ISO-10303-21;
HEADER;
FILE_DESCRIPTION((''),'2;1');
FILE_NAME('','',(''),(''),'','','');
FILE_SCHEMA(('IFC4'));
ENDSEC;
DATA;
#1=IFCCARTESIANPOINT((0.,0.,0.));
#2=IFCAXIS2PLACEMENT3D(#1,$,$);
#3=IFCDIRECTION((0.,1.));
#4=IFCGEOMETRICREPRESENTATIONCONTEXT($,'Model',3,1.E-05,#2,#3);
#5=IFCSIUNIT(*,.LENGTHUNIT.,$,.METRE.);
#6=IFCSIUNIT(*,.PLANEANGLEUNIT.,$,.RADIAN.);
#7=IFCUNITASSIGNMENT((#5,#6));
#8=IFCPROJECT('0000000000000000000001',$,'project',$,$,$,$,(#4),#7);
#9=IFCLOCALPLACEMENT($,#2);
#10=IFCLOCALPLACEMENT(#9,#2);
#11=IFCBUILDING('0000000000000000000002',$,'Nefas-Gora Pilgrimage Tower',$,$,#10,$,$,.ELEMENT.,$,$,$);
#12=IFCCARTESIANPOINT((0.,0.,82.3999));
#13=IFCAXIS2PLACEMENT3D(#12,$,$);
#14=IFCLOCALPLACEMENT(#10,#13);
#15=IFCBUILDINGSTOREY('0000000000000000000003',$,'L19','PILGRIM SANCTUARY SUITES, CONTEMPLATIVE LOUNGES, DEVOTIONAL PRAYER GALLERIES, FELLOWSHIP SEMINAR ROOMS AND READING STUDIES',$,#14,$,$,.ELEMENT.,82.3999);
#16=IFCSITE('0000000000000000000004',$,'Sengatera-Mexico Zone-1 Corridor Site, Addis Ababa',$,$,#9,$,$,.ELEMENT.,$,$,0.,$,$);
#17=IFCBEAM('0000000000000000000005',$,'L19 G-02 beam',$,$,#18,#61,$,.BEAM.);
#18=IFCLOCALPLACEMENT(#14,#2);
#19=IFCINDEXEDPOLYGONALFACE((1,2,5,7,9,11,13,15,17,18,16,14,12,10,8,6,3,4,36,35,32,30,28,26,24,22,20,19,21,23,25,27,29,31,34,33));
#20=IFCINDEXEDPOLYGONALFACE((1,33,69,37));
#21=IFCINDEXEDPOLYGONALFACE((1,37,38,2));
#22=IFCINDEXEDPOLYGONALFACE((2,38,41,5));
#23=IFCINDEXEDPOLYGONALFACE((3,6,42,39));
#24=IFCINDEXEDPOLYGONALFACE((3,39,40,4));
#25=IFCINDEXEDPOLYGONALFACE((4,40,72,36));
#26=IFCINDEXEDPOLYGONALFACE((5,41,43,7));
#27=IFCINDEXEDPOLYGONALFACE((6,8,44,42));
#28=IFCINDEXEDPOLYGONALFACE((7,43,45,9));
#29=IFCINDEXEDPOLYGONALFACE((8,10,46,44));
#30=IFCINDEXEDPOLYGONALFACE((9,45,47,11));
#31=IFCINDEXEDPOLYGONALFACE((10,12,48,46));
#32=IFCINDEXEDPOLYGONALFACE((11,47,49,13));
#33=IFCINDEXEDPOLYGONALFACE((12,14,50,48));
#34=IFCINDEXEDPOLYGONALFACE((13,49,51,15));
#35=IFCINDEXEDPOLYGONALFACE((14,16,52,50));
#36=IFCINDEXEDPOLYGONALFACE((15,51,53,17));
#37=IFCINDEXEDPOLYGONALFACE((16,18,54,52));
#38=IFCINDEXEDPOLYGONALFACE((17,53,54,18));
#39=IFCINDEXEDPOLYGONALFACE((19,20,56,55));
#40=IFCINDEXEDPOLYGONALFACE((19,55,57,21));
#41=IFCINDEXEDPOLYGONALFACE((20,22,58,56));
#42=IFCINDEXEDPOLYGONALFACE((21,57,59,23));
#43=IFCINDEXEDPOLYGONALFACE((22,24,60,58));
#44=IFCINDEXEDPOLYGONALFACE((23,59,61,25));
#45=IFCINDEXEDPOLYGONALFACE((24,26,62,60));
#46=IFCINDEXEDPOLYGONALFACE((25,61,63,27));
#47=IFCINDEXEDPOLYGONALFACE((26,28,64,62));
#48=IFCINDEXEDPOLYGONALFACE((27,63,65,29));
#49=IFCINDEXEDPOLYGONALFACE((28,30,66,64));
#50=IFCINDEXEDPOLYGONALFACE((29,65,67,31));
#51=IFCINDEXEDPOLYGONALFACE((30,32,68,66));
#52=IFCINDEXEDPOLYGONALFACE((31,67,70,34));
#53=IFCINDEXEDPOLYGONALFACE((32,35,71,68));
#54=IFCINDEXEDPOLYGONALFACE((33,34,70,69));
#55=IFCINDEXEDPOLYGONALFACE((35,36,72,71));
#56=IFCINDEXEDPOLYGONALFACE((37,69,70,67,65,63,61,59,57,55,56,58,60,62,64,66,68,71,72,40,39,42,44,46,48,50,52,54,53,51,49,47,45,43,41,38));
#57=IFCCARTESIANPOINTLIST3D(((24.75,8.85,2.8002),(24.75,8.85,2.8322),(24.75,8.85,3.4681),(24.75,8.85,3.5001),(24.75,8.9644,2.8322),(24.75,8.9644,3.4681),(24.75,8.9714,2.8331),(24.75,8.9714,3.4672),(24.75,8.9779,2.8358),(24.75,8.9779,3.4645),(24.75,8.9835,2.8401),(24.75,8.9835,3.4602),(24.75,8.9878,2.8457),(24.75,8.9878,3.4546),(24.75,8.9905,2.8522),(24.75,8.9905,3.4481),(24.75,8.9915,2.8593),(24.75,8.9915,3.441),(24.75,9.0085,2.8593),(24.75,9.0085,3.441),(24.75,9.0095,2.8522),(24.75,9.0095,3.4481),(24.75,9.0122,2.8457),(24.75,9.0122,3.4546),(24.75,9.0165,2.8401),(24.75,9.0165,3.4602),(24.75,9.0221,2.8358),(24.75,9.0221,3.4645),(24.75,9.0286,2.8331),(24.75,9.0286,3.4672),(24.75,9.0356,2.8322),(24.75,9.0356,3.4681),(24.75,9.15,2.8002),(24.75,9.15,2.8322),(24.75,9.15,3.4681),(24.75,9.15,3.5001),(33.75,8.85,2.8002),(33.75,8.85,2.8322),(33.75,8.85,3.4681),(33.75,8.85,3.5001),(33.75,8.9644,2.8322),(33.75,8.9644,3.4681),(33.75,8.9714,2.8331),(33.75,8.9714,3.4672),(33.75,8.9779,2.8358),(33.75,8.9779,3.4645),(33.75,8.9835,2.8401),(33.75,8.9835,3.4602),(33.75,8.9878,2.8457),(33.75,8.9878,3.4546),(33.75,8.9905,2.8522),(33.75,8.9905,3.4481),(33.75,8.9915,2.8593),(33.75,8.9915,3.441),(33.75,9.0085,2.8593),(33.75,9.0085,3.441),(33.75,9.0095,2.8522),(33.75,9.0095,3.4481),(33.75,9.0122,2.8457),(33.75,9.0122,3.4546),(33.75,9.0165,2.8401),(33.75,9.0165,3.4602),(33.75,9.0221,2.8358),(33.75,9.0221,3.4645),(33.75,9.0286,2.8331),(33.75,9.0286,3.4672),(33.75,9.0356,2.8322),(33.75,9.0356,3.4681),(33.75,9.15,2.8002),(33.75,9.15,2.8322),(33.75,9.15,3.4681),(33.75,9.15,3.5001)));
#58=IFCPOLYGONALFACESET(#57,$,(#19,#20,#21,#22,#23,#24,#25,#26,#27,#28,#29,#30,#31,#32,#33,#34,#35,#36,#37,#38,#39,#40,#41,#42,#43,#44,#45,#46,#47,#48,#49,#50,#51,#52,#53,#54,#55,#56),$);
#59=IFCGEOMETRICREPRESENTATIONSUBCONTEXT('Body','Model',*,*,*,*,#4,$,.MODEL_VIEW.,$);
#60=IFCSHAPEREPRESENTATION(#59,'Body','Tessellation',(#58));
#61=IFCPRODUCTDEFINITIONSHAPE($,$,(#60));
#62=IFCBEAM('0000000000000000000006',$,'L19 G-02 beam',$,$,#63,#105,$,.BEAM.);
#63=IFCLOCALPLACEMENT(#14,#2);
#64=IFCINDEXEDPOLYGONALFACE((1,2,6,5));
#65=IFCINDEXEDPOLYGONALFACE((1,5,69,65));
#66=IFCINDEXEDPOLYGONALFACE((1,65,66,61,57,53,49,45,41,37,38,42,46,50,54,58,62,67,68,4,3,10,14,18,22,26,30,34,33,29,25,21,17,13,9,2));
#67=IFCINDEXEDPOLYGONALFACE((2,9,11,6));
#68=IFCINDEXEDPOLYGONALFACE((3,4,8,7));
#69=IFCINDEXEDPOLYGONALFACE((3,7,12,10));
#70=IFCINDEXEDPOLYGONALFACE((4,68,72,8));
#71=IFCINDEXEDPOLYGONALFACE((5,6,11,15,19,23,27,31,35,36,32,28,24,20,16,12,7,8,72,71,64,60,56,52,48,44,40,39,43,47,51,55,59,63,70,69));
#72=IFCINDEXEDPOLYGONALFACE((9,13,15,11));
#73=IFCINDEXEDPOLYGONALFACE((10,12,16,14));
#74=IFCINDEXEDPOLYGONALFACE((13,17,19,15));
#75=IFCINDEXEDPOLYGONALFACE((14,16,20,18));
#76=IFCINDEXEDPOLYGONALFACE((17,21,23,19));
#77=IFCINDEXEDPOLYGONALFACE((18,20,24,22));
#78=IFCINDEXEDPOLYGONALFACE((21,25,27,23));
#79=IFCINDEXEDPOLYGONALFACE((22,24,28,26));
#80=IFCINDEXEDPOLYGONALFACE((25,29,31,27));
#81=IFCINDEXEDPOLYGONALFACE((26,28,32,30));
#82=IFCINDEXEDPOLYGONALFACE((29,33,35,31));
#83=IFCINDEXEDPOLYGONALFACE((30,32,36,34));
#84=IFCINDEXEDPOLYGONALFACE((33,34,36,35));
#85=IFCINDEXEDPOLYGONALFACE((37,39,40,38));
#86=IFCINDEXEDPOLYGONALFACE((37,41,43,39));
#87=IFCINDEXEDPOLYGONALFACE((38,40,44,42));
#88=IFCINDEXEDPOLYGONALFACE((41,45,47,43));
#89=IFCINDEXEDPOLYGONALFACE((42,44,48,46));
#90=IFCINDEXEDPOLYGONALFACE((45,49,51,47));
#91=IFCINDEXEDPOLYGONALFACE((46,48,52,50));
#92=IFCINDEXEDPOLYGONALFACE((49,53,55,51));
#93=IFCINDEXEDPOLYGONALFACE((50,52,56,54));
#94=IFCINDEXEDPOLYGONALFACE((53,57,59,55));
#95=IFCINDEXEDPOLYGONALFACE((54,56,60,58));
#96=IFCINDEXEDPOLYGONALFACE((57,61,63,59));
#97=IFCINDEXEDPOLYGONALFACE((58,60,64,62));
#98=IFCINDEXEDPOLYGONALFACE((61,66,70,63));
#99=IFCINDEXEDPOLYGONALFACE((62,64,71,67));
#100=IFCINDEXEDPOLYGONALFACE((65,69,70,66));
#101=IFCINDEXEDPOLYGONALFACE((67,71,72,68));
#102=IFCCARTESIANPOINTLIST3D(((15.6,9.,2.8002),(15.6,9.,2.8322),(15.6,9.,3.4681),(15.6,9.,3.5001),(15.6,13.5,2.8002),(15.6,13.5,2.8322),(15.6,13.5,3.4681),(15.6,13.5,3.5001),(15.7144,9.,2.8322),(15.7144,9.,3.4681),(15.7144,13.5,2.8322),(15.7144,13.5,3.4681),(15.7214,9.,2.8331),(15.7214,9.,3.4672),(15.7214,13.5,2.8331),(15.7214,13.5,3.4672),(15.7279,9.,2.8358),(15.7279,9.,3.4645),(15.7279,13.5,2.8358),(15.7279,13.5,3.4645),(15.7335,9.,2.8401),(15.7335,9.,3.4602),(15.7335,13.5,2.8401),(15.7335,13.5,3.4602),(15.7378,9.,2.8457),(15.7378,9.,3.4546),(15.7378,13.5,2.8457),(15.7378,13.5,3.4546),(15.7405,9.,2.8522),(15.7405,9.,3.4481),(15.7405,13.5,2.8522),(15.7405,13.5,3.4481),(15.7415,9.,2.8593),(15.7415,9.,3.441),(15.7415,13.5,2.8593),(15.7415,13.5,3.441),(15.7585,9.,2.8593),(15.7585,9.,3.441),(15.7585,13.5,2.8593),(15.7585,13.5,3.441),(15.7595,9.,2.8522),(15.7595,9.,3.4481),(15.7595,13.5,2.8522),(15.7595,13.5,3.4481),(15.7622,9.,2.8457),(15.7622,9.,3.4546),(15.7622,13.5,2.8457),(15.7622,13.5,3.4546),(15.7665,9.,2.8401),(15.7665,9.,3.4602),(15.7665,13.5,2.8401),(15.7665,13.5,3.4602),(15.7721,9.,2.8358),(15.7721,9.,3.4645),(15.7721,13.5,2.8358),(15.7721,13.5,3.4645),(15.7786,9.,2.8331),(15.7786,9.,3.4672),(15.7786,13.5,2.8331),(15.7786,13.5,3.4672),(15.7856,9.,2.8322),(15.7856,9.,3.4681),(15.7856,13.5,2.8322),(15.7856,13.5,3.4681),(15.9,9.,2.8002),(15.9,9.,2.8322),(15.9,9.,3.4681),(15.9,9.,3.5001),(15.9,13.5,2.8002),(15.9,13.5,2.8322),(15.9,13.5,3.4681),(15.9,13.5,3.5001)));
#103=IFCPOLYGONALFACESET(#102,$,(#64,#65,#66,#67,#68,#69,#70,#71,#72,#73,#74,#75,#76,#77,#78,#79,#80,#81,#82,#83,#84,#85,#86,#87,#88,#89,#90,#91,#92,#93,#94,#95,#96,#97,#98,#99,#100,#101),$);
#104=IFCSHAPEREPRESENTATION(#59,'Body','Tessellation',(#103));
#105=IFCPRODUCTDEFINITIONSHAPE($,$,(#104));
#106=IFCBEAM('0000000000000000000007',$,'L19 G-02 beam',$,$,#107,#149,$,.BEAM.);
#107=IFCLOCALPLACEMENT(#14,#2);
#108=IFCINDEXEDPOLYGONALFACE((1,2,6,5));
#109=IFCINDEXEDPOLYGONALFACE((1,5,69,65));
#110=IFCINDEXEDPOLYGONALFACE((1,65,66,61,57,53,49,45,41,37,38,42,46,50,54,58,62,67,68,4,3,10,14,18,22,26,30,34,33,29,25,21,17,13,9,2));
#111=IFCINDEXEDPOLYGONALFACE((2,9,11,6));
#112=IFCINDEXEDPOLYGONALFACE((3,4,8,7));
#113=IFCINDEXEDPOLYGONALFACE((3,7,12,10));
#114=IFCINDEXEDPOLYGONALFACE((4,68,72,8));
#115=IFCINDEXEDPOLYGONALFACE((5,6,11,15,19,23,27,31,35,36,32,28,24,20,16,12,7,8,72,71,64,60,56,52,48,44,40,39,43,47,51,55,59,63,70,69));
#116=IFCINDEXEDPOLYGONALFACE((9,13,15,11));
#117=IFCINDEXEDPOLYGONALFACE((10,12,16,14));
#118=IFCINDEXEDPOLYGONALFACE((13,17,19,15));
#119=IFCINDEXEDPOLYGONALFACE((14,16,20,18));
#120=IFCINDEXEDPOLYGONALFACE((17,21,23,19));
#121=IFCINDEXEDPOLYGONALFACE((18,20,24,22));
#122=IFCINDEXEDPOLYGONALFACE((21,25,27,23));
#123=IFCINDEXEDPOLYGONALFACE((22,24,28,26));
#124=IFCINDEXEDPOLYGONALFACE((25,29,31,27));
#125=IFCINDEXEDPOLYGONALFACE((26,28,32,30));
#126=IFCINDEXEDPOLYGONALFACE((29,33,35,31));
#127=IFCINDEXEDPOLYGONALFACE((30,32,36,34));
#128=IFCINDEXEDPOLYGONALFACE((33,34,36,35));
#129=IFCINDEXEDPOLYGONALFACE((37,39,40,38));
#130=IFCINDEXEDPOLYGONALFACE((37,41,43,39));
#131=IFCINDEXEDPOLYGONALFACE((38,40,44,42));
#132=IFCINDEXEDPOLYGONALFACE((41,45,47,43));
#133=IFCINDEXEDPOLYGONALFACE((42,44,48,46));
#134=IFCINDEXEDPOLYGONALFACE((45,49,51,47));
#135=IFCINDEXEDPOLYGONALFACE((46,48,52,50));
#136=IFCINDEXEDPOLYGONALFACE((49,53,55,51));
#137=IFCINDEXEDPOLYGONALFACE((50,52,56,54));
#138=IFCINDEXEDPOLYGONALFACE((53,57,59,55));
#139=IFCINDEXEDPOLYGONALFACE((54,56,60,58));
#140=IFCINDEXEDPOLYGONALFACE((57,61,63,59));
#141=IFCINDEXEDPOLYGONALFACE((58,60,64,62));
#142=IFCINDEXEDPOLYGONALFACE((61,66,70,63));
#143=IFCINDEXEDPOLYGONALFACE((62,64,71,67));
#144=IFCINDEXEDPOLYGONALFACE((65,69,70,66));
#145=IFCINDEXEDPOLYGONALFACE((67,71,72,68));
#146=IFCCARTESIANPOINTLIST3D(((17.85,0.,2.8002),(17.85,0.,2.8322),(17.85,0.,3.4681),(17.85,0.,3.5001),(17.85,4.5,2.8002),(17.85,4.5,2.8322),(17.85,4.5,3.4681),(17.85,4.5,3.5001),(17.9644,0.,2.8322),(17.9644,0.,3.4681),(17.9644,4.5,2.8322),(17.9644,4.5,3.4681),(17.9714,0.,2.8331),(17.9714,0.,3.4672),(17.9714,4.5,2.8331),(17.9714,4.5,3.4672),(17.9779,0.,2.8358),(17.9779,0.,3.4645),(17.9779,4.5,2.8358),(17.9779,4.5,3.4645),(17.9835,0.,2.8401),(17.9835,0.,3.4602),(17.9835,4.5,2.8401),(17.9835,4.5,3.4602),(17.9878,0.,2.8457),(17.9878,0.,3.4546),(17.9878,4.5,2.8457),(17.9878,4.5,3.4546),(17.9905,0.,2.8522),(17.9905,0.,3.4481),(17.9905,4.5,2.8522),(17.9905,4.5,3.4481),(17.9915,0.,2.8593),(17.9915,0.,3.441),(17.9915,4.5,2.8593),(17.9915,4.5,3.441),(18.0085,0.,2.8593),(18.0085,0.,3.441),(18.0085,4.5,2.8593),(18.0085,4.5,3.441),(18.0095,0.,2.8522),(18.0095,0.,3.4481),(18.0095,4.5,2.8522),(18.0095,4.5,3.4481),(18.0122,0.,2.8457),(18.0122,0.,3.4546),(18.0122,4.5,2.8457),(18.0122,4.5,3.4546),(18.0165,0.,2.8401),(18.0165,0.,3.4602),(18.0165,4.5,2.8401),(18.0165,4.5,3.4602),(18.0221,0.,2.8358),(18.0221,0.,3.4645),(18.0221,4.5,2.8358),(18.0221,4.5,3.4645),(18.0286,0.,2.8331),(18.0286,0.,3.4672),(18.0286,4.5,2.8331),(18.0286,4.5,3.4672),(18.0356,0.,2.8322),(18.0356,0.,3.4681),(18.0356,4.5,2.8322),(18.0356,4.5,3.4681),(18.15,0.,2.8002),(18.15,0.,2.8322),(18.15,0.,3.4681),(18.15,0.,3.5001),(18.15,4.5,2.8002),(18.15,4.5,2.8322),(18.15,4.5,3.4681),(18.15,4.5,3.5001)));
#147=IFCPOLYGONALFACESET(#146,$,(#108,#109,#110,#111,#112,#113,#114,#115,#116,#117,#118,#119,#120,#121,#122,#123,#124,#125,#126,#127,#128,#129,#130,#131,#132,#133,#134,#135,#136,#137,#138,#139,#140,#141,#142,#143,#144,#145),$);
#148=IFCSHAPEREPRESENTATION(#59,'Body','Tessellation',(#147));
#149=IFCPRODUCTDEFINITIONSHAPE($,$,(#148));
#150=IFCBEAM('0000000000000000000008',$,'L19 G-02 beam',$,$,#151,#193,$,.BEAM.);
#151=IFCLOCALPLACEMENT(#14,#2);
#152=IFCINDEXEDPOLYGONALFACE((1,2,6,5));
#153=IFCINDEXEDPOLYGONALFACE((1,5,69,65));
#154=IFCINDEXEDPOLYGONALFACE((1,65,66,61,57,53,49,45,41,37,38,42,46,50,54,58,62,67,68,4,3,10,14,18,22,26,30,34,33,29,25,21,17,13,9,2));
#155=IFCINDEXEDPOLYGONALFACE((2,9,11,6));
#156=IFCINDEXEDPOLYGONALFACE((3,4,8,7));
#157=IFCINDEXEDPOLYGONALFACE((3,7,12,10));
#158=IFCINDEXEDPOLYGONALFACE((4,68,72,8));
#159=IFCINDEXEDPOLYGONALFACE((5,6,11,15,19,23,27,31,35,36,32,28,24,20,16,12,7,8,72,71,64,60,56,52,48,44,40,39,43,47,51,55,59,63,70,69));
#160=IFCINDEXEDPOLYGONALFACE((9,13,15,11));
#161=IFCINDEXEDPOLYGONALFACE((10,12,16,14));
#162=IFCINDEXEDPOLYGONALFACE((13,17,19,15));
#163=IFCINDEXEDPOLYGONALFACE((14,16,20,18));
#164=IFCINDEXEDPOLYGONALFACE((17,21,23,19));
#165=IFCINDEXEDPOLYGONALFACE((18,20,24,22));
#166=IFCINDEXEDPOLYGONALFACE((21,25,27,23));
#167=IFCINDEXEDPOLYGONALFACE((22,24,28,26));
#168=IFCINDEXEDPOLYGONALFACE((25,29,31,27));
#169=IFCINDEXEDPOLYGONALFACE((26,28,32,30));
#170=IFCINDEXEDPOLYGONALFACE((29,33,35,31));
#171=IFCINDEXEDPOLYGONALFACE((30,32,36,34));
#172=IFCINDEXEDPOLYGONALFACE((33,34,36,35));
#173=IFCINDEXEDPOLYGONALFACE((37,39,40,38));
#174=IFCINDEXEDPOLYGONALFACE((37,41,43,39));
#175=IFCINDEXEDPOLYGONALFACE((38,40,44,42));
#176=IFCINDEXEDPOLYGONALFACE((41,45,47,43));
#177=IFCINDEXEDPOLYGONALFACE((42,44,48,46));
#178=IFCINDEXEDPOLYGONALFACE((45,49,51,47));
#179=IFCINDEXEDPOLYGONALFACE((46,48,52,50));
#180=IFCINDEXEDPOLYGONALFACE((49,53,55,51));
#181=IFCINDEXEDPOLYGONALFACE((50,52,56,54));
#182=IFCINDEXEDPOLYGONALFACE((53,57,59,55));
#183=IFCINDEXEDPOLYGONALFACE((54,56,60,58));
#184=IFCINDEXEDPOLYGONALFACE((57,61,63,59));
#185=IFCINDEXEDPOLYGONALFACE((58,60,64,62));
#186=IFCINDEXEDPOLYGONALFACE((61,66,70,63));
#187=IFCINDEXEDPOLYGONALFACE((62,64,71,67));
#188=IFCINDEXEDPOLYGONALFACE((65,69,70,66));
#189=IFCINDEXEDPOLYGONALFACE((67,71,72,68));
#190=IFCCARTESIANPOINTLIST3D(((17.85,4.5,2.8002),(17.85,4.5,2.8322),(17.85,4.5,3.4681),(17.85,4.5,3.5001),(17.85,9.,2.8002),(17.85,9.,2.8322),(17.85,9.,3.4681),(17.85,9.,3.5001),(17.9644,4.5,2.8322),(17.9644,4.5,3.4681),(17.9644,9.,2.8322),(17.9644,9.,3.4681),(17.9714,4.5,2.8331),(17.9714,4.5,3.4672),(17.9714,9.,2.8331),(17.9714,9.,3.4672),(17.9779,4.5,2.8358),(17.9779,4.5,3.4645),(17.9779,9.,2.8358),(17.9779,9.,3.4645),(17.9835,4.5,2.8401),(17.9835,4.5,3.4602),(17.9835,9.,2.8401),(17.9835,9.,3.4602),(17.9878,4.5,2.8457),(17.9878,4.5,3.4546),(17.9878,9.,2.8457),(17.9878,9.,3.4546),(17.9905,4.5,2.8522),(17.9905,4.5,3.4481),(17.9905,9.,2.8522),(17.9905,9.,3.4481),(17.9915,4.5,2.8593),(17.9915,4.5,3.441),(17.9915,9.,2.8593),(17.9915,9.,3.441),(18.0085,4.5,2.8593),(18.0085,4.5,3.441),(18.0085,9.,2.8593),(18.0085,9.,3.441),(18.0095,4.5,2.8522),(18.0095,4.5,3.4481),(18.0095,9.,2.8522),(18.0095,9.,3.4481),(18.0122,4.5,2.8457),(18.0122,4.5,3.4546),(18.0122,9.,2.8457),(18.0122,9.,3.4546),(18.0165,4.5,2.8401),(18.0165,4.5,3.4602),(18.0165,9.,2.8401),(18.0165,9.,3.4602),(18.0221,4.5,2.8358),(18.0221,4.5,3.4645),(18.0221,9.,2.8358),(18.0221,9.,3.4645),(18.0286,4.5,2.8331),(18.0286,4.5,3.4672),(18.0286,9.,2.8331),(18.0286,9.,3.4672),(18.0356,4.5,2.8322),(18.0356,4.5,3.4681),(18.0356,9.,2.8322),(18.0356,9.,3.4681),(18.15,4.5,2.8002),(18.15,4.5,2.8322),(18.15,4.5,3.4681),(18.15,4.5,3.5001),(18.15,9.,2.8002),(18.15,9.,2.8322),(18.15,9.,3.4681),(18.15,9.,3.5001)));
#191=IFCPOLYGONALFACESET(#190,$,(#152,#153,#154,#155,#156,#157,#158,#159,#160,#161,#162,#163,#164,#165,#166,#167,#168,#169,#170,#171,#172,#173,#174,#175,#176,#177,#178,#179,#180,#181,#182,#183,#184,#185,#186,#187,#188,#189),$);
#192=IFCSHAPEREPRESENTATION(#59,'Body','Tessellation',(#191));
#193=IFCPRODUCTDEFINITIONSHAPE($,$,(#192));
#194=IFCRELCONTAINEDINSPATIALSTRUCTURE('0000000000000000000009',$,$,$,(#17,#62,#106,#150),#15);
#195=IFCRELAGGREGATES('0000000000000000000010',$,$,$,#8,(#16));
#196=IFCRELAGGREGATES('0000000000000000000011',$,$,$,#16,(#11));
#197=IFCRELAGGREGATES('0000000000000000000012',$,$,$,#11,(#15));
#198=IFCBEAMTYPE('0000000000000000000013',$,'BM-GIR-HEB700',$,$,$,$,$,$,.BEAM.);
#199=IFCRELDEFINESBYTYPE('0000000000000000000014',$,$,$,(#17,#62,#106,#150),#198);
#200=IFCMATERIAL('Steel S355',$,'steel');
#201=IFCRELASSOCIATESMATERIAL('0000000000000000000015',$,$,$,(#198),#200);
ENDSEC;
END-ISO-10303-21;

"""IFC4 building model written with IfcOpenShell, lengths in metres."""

from ifc_helpers import new_model, si_unit, direction, frame, origin, origin_2d, place, context, subcontext, project, spatial, i_section, extrude, source, transform, mapped, material, material_profile, profile_set, type_object, element, save


model = new_model("IFC4")

# Units and contexts
model_context = context("Model", 3, precision=1e-05, world=origin(), true_north=direction((0.0, 1.0)))
body_context = subcontext(model_context, "Body", "Model", "MODEL_VIEW")
ifc_project = project(units=[si_unit("LENGTHUNIT", "METRE"), si_unit("PLANEANGLEUNIT", "RADIAN")], contexts=[model_context])

# Site, building, storey
site_placement = place(None, origin())
site = spatial("IfcSite", under=ifc_project, at=site_placement, Name="Sengatera-Mexico Zone-1 Corridor Site, Addis Ababa", CompositionType="ELEMENT", RefElevation=0.0)
building_placement = place(site_placement, origin())
building = spatial("IfcBuilding", under=site, at=building_placement, Name="Nefas-Gora Pilgrimage Tower", CompositionType="ELEMENT")
storey_placement = place(building_placement, frame((0.0, 0.0, 82.3999)))
storey = spatial("IfcBuildingStorey", under=building, at=storey_placement, Name="L19", Description="PILGRIM SANCTUARY SUITES, CONTEMPLATIVE LOUNGES, DEVOTIONAL PRAYER GALLERIES, FELLOWSHIP SEMINAR ROOMS AND READING STUDIES", CompositionType="ELEMENT", Elevation=82.3999)

# Beams
ifc_material_1 = material(Name="Steel S355", Category="steel")
ifc_material_profile_1 = material_profile(ifc_material_1, i_section(OverallWidth=0.3, OverallDepth=0.7, WebThickness=0.0171, FlangeThickness=0.032, FilletRadius=0.0271, at=origin_2d()), Name="HEB 700")
ifc_profile_set_1 = profile_set([ifc_material_profile_1], Name="Steel S355")
beam_type_1 = type_object("IfcBeamType", Name="BM-GIR-HEB700", PredefinedType="BEAM", material=ifc_profile_set_1)
shared_shape_1 = source(origin(), body_context, "Body", "SweptSolid", [
    extrude(i_section(OverallWidth=0.3, OverallDepth=0.7, WebThickness=0.0171, FlangeThickness=0.032, FilletRadius=0.0271, at=origin_2d()), origin(), (0.0, 0.0, 1.0), 9.0),
])
for number, where, z_axis, x_axis, name in (
    (1, (24.75, 9.0, 3.1501), (1.0, 0.0, 0.0), (0.0, 1.0, 0.0), "L19 G-02 beam"),
):
    element("IfcBeam", number, at=place(storey_placement, frame(where, z_axis=z_axis, x_axis=x_axis)), inside=storey, type_object=beam_type_1, Name=name, PredefinedType="BEAM", context=body_context, shape_type="MappedRepresentation", body=[
        mapped(shared_shape_1, transform((0.0, 0.0, 0.0), x_axis=(1.0, 0.0, 0.0), y_axis=(0.0, 1.0, 0.0), z_axis=(0.0, 0.0, 1.0), scale=1.0)),
    ])
shared_shape_2 = source(origin(), body_context, "Body", "SweptSolid", [
    extrude(i_section(OverallWidth=0.3, OverallDepth=0.7, WebThickness=0.0171, FlangeThickness=0.032, FilletRadius=0.0271, at=origin_2d()), origin(), (0.0, 0.0, 1.0), 4.5),
])
for number, where, z_axis, x_axis, name in (
    (2, (15.75, 9.0, 3.1501), (0.0, 1.0, 0.0), (-1.0, 0.0, 0.0), "L19 G-02 beam"),
    (3, (18.0, 0.0, 3.1501), (0.0, 1.0, 0.0), (-1.0, 0.0, 0.0), "L19 G-02 beam"),
    (4, (18.0, 4.5, 3.1501), (0.0, 1.0, 0.0), (-1.0, 0.0, 0.0), "L19 G-02 beam"),
):
    element("IfcBeam", number, at=place(storey_placement, frame(where, z_axis=z_axis, x_axis=x_axis)), inside=storey, type_object=beam_type_1, Name=name, PredefinedType="BEAM", context=body_context, shape_type="MappedRepresentation", body=[
        mapped(shared_shape_2, transform((0.0, 0.0, 0.0), x_axis=(1.0, 0.0, 0.0), y_axis=(0.0, 1.0, 0.0), z_axis=(0.0, 0.0, 1.0), scale=1.0)),
    ])

save(model, "model.ifc")
